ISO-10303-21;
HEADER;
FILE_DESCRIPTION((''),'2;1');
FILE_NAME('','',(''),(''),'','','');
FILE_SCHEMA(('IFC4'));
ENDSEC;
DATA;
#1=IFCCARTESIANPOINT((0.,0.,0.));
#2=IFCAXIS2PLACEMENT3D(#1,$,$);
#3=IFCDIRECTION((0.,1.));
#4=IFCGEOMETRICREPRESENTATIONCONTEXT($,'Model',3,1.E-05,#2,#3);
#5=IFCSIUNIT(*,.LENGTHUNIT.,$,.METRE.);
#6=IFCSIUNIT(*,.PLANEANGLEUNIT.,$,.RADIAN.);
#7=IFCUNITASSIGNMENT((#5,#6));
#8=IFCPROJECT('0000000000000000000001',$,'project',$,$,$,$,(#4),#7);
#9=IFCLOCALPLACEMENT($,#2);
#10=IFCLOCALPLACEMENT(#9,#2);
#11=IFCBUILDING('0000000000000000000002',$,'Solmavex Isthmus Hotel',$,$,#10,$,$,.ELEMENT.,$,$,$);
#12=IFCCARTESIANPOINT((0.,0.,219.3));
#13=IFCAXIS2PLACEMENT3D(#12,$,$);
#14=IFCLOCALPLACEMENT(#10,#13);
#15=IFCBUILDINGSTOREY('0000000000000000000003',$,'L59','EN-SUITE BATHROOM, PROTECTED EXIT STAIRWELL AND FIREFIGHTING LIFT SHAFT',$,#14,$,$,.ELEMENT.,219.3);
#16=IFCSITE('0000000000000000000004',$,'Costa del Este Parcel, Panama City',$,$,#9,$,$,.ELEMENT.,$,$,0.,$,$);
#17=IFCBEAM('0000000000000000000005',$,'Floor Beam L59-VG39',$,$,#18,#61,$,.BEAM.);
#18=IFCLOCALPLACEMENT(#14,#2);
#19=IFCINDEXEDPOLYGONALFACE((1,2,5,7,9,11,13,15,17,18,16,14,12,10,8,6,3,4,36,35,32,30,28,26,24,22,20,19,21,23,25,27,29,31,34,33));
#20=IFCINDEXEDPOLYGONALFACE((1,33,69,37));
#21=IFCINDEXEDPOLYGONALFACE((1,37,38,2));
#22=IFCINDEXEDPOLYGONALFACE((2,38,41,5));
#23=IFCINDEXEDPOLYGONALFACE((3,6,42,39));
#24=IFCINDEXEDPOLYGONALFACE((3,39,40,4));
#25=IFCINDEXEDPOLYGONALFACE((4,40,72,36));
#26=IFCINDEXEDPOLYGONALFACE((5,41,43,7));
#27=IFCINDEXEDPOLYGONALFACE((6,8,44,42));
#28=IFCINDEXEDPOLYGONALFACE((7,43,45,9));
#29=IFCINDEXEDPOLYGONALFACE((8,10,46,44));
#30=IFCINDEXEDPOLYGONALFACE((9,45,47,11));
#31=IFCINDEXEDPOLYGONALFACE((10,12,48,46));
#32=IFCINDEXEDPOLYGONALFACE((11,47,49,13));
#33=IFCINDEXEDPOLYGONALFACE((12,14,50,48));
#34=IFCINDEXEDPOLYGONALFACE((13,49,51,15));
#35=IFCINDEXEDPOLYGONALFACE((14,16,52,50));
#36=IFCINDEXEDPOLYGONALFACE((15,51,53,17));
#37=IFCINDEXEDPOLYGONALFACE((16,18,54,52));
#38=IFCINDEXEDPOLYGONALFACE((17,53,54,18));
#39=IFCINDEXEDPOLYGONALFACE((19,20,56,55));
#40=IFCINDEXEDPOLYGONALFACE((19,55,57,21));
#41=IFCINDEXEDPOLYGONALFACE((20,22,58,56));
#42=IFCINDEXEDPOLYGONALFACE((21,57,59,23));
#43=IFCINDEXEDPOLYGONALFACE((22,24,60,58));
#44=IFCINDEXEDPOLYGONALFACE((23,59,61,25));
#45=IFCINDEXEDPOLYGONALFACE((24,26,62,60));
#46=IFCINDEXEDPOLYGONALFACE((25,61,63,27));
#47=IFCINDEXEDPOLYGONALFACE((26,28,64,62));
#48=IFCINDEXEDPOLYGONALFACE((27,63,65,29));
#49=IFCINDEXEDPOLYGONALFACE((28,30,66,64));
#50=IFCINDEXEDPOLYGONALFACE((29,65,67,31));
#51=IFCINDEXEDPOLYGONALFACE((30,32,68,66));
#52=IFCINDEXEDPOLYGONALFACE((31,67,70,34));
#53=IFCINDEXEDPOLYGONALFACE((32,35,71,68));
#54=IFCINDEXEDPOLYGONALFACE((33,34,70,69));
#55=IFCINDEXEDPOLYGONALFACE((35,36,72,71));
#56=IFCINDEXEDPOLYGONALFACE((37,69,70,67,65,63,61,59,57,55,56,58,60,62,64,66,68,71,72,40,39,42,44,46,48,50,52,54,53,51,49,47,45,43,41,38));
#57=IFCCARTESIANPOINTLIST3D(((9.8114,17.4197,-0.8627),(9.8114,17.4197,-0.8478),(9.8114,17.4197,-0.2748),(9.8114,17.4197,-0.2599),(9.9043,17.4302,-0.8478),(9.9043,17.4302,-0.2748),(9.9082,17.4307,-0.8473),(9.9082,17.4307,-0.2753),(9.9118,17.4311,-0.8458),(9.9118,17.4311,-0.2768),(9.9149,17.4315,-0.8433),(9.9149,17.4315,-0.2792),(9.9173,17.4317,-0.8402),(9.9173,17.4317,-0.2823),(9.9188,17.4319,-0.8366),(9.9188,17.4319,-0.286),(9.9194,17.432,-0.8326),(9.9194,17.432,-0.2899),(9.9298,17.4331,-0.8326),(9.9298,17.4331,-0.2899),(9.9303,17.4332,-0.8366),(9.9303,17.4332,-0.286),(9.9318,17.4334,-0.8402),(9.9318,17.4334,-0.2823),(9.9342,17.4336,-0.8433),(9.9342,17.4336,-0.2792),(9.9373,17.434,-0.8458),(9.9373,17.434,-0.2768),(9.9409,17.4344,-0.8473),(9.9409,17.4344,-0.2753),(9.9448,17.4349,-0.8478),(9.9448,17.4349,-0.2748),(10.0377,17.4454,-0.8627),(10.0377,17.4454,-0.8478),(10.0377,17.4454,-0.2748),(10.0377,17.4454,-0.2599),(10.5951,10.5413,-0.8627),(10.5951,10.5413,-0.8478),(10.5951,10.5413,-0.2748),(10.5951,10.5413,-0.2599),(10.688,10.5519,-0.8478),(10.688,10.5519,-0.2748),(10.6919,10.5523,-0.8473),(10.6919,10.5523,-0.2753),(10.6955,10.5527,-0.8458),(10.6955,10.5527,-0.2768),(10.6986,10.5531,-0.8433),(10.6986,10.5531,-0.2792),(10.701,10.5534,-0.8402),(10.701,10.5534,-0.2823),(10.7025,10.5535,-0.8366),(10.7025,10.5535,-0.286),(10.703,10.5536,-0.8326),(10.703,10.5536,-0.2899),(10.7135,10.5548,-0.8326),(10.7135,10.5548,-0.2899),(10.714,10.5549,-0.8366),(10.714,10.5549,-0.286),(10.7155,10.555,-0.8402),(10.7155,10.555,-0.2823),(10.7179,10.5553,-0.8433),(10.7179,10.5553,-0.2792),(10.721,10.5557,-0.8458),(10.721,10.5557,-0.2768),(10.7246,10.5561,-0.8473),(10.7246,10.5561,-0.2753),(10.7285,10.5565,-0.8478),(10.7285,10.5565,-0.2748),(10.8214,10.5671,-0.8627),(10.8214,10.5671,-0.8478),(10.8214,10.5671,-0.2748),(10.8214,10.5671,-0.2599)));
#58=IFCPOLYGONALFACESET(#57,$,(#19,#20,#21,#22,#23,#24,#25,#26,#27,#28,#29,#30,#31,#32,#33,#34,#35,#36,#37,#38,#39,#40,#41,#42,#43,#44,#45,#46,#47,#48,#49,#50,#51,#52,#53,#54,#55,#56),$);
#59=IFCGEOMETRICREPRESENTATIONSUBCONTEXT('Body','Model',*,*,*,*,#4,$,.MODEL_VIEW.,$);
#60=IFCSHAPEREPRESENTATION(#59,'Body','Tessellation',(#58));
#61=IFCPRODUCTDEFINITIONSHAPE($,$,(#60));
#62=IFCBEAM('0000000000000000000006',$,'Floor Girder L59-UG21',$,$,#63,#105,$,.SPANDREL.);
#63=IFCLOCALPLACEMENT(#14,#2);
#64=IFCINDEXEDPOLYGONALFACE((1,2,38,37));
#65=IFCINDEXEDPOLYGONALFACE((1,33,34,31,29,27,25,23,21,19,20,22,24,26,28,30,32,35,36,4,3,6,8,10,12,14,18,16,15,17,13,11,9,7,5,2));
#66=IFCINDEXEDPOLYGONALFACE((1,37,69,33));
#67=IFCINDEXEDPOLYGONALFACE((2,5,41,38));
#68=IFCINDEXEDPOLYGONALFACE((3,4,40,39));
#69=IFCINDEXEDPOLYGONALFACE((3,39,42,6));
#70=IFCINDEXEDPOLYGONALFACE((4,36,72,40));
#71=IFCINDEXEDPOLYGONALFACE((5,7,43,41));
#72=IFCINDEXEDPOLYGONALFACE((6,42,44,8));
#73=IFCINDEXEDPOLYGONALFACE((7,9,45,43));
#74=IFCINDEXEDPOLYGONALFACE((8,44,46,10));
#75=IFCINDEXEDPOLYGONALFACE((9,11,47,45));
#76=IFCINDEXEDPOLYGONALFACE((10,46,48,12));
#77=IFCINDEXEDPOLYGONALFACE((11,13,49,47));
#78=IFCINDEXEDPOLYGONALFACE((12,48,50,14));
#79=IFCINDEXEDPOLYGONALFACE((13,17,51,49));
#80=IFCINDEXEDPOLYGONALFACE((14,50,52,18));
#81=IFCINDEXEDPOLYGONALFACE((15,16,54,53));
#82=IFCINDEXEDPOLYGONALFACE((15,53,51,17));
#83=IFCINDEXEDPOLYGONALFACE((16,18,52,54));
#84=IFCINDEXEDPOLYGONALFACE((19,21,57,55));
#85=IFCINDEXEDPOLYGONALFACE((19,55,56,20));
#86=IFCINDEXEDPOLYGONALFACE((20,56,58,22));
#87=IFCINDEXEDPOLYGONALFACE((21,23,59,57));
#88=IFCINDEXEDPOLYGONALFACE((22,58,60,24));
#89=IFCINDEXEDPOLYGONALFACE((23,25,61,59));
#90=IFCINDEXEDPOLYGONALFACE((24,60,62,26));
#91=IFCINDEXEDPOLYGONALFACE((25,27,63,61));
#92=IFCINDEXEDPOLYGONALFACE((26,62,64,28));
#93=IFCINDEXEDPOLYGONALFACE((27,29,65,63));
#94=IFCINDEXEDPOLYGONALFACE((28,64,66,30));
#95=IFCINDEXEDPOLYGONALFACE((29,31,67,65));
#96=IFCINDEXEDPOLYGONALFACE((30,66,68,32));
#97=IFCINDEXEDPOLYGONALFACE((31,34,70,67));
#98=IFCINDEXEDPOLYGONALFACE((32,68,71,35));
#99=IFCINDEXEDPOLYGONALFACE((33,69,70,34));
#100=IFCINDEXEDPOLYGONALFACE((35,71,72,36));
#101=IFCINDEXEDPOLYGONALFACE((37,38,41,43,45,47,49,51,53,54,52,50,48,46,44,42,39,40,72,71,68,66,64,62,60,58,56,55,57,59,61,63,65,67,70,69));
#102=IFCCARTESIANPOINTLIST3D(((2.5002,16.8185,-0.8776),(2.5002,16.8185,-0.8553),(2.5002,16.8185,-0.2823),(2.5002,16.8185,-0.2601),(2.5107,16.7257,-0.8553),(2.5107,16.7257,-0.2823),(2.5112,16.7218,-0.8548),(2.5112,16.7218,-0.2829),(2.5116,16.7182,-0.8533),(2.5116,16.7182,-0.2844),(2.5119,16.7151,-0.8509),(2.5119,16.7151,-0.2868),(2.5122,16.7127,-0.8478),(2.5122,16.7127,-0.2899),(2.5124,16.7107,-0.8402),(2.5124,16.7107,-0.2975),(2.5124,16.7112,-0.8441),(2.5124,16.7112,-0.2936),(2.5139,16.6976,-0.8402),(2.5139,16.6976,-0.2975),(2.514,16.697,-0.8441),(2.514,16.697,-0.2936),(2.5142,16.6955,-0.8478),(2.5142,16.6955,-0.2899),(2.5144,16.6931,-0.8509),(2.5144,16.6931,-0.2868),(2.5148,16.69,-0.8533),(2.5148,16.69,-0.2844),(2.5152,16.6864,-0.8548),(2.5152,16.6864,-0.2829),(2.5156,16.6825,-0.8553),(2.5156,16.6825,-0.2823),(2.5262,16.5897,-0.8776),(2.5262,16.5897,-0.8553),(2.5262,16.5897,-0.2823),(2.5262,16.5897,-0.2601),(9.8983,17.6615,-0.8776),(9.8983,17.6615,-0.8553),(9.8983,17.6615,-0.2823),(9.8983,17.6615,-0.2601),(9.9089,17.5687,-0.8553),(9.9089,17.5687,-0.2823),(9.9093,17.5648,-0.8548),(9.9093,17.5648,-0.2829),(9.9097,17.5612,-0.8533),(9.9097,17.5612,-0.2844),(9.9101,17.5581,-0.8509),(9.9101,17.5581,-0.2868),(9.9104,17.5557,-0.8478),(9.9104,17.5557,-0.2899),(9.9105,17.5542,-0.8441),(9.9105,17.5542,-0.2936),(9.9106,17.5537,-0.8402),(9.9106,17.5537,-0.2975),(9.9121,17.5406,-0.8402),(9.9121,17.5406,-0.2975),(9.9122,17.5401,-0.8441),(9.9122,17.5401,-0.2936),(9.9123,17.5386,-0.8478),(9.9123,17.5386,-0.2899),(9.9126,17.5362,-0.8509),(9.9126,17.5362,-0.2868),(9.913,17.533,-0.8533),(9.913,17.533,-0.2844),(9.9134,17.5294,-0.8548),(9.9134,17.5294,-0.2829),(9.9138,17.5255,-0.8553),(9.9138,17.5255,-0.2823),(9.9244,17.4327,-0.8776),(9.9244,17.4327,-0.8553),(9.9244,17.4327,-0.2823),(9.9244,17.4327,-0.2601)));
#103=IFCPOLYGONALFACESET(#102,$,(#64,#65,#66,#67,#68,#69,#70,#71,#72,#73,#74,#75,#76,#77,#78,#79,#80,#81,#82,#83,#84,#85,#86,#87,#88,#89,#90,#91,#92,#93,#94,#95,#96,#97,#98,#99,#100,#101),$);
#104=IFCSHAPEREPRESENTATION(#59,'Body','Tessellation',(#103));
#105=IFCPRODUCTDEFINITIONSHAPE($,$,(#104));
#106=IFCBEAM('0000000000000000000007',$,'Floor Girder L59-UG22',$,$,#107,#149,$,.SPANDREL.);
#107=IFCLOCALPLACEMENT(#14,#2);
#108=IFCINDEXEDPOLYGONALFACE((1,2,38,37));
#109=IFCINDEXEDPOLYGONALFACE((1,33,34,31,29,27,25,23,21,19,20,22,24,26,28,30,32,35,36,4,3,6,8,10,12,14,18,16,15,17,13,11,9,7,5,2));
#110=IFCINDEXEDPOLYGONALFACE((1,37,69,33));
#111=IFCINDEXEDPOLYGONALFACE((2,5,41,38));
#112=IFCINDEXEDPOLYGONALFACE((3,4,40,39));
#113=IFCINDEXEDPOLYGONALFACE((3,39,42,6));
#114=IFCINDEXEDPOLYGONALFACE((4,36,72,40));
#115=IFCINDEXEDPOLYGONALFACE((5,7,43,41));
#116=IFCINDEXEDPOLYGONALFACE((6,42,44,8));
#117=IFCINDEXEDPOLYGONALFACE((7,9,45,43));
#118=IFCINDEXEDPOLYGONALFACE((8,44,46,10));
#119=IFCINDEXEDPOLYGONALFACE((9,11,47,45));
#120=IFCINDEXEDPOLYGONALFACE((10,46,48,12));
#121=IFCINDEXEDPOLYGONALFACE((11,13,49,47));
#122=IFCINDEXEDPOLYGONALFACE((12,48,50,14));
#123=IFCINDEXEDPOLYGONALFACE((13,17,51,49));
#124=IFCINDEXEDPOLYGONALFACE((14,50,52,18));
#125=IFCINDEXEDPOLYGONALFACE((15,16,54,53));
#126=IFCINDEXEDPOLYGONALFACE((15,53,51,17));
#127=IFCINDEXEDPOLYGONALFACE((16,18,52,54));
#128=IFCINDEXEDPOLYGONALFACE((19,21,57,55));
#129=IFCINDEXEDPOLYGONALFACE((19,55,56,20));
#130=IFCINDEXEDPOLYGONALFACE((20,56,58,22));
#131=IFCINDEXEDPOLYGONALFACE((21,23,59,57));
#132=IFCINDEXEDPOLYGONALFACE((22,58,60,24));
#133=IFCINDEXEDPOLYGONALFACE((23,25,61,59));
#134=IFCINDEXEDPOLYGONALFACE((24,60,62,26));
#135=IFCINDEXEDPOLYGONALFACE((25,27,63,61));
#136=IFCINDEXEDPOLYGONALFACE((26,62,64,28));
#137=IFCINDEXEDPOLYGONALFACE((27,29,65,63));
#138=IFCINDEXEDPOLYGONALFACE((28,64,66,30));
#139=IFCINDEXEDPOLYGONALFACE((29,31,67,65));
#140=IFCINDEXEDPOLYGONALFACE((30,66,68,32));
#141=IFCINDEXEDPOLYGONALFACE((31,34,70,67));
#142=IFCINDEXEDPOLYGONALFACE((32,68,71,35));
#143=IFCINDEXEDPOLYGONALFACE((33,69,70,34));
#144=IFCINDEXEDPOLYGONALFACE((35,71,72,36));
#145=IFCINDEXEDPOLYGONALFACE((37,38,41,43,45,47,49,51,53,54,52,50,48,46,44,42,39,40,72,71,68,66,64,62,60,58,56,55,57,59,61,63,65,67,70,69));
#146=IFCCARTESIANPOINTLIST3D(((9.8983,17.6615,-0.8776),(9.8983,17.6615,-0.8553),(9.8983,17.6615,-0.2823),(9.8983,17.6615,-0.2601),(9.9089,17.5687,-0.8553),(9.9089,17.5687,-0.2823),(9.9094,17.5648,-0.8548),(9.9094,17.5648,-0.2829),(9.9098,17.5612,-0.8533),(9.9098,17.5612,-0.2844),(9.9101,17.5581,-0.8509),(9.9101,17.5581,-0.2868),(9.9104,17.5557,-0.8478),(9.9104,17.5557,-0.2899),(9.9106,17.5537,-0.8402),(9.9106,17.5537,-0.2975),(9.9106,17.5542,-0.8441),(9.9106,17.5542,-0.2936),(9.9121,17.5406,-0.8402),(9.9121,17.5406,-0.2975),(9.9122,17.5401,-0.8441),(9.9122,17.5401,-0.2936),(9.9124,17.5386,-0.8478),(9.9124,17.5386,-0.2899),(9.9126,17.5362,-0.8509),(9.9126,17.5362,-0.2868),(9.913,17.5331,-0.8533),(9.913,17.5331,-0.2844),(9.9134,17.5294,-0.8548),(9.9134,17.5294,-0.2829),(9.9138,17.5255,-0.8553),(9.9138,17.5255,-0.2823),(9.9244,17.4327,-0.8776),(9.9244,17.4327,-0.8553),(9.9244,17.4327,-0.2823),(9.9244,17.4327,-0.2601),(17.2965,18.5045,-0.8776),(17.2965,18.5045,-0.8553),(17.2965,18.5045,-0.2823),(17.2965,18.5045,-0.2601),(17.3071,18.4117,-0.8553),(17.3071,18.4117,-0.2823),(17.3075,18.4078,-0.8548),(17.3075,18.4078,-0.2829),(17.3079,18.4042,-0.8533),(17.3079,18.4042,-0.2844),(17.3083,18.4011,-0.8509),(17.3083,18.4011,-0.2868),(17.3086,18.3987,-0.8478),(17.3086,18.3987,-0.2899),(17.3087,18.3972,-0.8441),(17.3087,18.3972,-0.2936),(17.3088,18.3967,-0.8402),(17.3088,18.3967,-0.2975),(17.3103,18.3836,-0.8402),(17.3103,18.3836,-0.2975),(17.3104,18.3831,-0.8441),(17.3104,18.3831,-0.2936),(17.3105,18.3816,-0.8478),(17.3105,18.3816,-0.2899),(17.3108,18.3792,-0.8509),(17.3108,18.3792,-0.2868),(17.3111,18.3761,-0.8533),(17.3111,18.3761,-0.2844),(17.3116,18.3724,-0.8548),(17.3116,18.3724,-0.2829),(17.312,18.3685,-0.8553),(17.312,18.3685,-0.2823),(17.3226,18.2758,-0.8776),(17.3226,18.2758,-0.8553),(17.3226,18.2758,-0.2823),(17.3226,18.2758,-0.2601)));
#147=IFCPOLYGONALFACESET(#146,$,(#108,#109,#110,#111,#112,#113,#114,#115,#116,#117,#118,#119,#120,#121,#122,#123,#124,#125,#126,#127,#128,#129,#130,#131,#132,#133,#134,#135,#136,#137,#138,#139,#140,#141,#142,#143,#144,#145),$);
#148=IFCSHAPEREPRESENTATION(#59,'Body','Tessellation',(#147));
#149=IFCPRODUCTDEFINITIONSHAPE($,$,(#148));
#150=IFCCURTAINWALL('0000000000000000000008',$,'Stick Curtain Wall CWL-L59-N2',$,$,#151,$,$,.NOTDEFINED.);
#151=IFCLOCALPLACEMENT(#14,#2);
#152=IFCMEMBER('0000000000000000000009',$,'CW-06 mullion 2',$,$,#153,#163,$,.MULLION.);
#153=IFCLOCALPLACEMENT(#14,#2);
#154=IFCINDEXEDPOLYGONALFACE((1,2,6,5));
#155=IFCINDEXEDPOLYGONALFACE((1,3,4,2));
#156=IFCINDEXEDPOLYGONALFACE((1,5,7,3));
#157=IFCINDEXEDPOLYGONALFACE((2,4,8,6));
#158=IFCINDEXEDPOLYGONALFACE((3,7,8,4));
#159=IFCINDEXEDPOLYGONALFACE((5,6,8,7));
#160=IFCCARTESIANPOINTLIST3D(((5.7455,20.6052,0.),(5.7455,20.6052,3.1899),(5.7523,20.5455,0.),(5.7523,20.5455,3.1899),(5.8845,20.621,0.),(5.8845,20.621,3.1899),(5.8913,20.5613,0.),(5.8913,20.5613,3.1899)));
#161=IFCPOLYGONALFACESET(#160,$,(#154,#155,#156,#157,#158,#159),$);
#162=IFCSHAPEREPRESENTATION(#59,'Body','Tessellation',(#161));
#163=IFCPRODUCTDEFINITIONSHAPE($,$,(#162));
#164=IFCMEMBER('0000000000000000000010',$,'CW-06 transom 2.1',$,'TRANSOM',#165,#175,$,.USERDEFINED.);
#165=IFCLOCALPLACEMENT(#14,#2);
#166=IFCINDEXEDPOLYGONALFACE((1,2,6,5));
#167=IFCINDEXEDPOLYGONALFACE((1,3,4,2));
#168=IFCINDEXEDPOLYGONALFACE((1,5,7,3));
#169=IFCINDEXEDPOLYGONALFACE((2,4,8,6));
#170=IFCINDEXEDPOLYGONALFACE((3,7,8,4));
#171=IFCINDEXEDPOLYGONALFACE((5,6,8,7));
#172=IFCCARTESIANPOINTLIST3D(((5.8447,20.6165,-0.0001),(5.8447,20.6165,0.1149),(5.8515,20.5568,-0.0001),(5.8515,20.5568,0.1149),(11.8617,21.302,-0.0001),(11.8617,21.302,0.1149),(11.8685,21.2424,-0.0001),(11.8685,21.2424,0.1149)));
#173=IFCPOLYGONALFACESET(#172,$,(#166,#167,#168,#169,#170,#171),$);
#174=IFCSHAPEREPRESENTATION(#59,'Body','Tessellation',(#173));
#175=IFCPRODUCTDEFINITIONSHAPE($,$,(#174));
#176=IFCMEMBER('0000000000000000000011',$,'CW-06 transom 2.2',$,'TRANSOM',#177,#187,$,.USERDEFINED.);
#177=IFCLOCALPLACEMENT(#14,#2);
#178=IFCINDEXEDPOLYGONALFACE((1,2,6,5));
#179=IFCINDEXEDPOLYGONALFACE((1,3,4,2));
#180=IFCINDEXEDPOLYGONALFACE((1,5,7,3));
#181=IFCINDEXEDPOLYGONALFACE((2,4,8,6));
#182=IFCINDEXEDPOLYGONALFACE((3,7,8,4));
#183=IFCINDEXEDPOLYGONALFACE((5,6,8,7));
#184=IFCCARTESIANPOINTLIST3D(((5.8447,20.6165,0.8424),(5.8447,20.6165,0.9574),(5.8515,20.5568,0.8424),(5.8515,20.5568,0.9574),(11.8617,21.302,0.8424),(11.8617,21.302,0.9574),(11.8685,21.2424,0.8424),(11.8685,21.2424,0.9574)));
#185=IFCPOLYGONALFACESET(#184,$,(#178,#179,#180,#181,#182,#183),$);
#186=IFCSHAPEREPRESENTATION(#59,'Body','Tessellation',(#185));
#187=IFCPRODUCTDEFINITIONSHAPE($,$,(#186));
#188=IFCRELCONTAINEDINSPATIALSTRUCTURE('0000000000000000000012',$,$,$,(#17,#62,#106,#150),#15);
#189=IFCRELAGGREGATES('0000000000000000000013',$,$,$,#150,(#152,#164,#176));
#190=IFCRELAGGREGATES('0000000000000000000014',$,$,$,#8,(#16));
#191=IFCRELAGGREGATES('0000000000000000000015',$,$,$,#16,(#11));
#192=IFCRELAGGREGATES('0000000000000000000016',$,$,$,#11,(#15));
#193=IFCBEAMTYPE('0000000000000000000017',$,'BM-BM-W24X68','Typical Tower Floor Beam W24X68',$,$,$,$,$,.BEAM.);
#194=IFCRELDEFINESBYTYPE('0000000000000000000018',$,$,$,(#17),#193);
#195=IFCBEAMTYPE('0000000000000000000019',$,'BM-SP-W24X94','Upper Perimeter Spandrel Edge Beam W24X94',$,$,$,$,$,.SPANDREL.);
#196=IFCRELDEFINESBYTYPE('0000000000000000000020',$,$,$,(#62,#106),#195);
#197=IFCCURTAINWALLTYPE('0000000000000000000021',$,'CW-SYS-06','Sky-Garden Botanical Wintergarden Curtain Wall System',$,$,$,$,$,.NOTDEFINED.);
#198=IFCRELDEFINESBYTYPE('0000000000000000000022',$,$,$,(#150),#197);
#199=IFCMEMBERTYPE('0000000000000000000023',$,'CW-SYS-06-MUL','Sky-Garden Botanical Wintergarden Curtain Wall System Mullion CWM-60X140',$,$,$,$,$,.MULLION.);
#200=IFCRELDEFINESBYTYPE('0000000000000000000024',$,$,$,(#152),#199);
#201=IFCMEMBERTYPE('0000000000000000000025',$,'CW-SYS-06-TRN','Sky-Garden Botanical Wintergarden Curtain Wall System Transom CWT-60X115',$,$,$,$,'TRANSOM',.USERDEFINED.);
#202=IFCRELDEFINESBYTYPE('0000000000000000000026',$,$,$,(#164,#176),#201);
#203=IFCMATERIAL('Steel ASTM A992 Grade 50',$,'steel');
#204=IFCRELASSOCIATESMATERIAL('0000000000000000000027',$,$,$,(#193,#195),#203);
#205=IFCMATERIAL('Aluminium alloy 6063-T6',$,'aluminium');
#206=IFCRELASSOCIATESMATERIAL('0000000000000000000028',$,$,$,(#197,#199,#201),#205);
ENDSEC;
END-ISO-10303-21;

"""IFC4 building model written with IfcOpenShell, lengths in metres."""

from ifc_helpers import new_model, si_unit, direction, frame, origin, origin_2d, place, context, subcontext, project, spatial, rectangle, i_section, extrude, material, material_profile, profile_set, type_object, element, aggregate, save


model = new_model("IFC4")

# Units and contexts
model_context = context("Model", 3, precision=1e-05, world=origin(), true_north=direction((0.0, 1.0)))
body_context = subcontext(model_context, "Body", "Model", "MODEL_VIEW")
ifc_project = project(units=[si_unit("LENGTHUNIT", "METRE"), si_unit("PLANEANGLEUNIT", "RADIAN")], contexts=[model_context])

# Site, building, storey
site_placement = place(None, origin())
site = spatial("IfcSite", under=ifc_project, at=site_placement, Name="Costa del Este Parcel, Panama City", CompositionType="ELEMENT", RefElevation=0.0)
building_placement = place(site_placement, origin())
building = spatial("IfcBuilding", under=site, at=building_placement, Name="Solmavex Isthmus Hotel", CompositionType="ELEMENT")
storey_placement = place(building_placement, frame((0.0, 0.0, 219.3)))
storey = spatial("IfcBuildingStorey", under=building, at=storey_placement, Name="L59", Description="EN-SUITE BATHROOM, PROTECTED EXIT STAIRWELL AND FIREFIGHTING LIFT SHAFT", CompositionType="ELEMENT", Elevation=219.3)

# Beams
ifc_material_1 = material(Name="Steel ASTM A992 Grade 50", Category="steel")
ifc_material_profile_1 = material_profile(ifc_material_1, i_section(OverallWidth=0.2278, OverallDepth=0.6028, WebThickness=0.0105, FlangeThickness=0.0149, FilletRadius=0.0151, at=origin_2d()), Name="W24X68")
ifc_profile_set_1 = profile_set([ifc_material_profile_1], Name="Steel ASTM A992 Grade 50")
beam_type_1 = type_object("IfcBeamType", Name="BM-BM-W24X68", Description="Typical Tower Floor Beam W24X68", PredefinedType="BEAM", material=ifc_profile_set_1)
for number, where, z_axis, x_axis, name in (
    (1, (10.7083, 10.5542, -0.5613), (-0.113202, 0.993572, 0.0), (-0.993572, -0.113202, 0.0), "Floor Beam L59-VG39"),
):
    element("IfcBeam", number, at=place(storey_placement, frame(where, z_axis=z_axis, x_axis=x_axis)), inside=storey, type_object=beam_type_1, Name=name, PredefinedType="BEAM", context=body_context, shape_type="SweptSolid", body=[
        extrude(i_section(OverallWidth=0.2278, OverallDepth=0.6028, WebThickness=0.0105, FlangeThickness=0.0149, FilletRadius=0.0151, at=origin_2d()), origin(), (0.0, 0.0, 1.0), 6.9229),
    ])
ifc_material_profile_2 = material_profile(ifc_material_1, i_section(OverallWidth=0.2302, OverallDepth=0.6174, WebThickness=0.0132, FlangeThickness=0.0222, FilletRadius=0.0151, at=origin_2d()), Name="W24X94")
ifc_profile_set_2 = profile_set([ifc_material_profile_2], Name="Steel ASTM A992 Grade 50")
beam_type_2 = type_object("IfcBeamType", Name="BM-SP-W24X94", Description="Upper Perimeter Spandrel Edge Beam W24X94", PredefinedType="SPANDREL", material=ifc_profile_set_2)
for number, where, z_axis, x_axis, name in (
    (2, (2.5132, 16.7041, -0.5688), (0.99357, 0.113216, 0.0), (-0.113216, 0.99357, 0.0), "Floor Girder L59-UG21"),
    (3, (9.9114, 17.5471, -0.5688), (0.99357, 0.113216, 0.0), (-0.113216, 0.99357, 0.0), "Floor Girder L59-UG22"),
):
    element("IfcBeam", number, at=place(storey_placement, frame(where, z_axis=z_axis, x_axis=x_axis)), inside=storey, type_object=beam_type_2, Name=name, PredefinedType="SPANDREL", context=body_context, shape_type="SweptSolid", body=[
        extrude(i_section(OverallWidth=0.2302, OverallDepth=0.6174, WebThickness=0.0132, FlangeThickness=0.0222, FilletRadius=0.0151, at=origin_2d()), origin(), (0.0, 0.0, 1.0), 7.446),
    ])

# Curtain wall, members
ifc_material_2 = material(Name="Aluminium alloy 6063-T6", Category="aluminium")
curtain_wall_type = type_object("IfcCurtainWallType", Name="CW-SYS-06", Description="Sky-Garden Botanical Wintergarden Curtain Wall System", PredefinedType="NOTDEFINED", material=ifc_material_2)
curtain_wall_placement = place(storey_placement, origin())
curtain_wall = element("IfcCurtainWall", 4, at=curtain_wall_placement, inside=storey, type_object=curtain_wall_type, Name="Stick Curtain Wall CWL-L59-N2", PredefinedType="NOTDEFINED")
ifc_material_profile_3 = material_profile(ifc_material_2, rectangle(XDim=0.0601, YDim=0.1399, at=origin_2d()), Name="CWM-60X140")
ifc_profile_set_3 = profile_set([ifc_material_profile_3], Name="Aluminium alloy 6063-T6")
member_type_1 = type_object("IfcMemberType", Name="CW-SYS-06-MUL", Description="Sky-Garden Botanical Wintergarden Curtain Wall System Mullion CWM-60X140", PredefinedType="MULLION", material=ifc_profile_set_3)
member_1_placement = place(storey_placement, frame((5.8184, 20.5833, 0.0), z_axis=(0.0, 0.0, 1.0), x_axis=(-0.113203, 0.993572, 0.0)))
member_1 = element("IfcMember", 5, at=member_1_placement, type_object=member_type_1, Name="CW-06 mullion 2", PredefinedType="MULLION", context=body_context, shape_type="SweptSolid", body=[
    extrude(rectangle(XDim=0.0601, YDim=0.1399, at=origin_2d()), origin(), (0.0, 0.0, 1.0), 3.1899),
])
ifc_material_profile_4 = material_profile(ifc_material_2, rectangle(XDim=0.0601, YDim=0.115, at=origin_2d()), Name="CWT-60X115")
ifc_profile_set_4 = profile_set([ifc_material_profile_4], Name="Aluminium alloy 6063-T6")
member_type_2 = type_object("IfcMemberType", Name="CW-SYS-06-TRN", Description="Sky-Garden Botanical Wintergarden Curtain Wall System Transom CWT-60X115", ElementType="TRANSOM", PredefinedType="USERDEFINED", material=ifc_profile_set_4)
member_2_placement = place(storey_placement, frame((5.8481, 20.5867, 0.0574), z_axis=(0.993572, 0.113201, 0.0), x_axis=(-0.113201, 0.993572, 0.0)))
member_2 = element("IfcMember", 6, at=member_2_placement, type_object=member_type_2, Name="CW-06 transom 2.1", ObjectType="TRANSOM", PredefinedType="USERDEFINED", context=body_context, shape_type="SweptSolid", body=[
    extrude(rectangle(XDim=0.0601, YDim=0.115, at=origin_2d()), origin(), (0.0, 0.0, 1.0), 6.0559),
])
member_3_placement = place(storey_placement, frame((5.8481, 20.5867, 0.8999), z_axis=(0.993572, 0.113201, 0.0), x_axis=(-0.113201, 0.993572, 0.0)))
member_3 = element("IfcMember", 7, at=member_3_placement, type_object=member_type_2, Name="CW-06 transom 2.2", ObjectType="TRANSOM", PredefinedType="USERDEFINED", context=body_context, shape_type="SweptSolid", body=[
    extrude(rectangle(XDim=0.0601, YDim=0.115, at=origin_2d()), origin(), (0.0, 0.0, 1.0), 6.0559),
])
aggregate(curtain_wall, [member_1, member_2, member_3])

save(model, "model.ifc")
